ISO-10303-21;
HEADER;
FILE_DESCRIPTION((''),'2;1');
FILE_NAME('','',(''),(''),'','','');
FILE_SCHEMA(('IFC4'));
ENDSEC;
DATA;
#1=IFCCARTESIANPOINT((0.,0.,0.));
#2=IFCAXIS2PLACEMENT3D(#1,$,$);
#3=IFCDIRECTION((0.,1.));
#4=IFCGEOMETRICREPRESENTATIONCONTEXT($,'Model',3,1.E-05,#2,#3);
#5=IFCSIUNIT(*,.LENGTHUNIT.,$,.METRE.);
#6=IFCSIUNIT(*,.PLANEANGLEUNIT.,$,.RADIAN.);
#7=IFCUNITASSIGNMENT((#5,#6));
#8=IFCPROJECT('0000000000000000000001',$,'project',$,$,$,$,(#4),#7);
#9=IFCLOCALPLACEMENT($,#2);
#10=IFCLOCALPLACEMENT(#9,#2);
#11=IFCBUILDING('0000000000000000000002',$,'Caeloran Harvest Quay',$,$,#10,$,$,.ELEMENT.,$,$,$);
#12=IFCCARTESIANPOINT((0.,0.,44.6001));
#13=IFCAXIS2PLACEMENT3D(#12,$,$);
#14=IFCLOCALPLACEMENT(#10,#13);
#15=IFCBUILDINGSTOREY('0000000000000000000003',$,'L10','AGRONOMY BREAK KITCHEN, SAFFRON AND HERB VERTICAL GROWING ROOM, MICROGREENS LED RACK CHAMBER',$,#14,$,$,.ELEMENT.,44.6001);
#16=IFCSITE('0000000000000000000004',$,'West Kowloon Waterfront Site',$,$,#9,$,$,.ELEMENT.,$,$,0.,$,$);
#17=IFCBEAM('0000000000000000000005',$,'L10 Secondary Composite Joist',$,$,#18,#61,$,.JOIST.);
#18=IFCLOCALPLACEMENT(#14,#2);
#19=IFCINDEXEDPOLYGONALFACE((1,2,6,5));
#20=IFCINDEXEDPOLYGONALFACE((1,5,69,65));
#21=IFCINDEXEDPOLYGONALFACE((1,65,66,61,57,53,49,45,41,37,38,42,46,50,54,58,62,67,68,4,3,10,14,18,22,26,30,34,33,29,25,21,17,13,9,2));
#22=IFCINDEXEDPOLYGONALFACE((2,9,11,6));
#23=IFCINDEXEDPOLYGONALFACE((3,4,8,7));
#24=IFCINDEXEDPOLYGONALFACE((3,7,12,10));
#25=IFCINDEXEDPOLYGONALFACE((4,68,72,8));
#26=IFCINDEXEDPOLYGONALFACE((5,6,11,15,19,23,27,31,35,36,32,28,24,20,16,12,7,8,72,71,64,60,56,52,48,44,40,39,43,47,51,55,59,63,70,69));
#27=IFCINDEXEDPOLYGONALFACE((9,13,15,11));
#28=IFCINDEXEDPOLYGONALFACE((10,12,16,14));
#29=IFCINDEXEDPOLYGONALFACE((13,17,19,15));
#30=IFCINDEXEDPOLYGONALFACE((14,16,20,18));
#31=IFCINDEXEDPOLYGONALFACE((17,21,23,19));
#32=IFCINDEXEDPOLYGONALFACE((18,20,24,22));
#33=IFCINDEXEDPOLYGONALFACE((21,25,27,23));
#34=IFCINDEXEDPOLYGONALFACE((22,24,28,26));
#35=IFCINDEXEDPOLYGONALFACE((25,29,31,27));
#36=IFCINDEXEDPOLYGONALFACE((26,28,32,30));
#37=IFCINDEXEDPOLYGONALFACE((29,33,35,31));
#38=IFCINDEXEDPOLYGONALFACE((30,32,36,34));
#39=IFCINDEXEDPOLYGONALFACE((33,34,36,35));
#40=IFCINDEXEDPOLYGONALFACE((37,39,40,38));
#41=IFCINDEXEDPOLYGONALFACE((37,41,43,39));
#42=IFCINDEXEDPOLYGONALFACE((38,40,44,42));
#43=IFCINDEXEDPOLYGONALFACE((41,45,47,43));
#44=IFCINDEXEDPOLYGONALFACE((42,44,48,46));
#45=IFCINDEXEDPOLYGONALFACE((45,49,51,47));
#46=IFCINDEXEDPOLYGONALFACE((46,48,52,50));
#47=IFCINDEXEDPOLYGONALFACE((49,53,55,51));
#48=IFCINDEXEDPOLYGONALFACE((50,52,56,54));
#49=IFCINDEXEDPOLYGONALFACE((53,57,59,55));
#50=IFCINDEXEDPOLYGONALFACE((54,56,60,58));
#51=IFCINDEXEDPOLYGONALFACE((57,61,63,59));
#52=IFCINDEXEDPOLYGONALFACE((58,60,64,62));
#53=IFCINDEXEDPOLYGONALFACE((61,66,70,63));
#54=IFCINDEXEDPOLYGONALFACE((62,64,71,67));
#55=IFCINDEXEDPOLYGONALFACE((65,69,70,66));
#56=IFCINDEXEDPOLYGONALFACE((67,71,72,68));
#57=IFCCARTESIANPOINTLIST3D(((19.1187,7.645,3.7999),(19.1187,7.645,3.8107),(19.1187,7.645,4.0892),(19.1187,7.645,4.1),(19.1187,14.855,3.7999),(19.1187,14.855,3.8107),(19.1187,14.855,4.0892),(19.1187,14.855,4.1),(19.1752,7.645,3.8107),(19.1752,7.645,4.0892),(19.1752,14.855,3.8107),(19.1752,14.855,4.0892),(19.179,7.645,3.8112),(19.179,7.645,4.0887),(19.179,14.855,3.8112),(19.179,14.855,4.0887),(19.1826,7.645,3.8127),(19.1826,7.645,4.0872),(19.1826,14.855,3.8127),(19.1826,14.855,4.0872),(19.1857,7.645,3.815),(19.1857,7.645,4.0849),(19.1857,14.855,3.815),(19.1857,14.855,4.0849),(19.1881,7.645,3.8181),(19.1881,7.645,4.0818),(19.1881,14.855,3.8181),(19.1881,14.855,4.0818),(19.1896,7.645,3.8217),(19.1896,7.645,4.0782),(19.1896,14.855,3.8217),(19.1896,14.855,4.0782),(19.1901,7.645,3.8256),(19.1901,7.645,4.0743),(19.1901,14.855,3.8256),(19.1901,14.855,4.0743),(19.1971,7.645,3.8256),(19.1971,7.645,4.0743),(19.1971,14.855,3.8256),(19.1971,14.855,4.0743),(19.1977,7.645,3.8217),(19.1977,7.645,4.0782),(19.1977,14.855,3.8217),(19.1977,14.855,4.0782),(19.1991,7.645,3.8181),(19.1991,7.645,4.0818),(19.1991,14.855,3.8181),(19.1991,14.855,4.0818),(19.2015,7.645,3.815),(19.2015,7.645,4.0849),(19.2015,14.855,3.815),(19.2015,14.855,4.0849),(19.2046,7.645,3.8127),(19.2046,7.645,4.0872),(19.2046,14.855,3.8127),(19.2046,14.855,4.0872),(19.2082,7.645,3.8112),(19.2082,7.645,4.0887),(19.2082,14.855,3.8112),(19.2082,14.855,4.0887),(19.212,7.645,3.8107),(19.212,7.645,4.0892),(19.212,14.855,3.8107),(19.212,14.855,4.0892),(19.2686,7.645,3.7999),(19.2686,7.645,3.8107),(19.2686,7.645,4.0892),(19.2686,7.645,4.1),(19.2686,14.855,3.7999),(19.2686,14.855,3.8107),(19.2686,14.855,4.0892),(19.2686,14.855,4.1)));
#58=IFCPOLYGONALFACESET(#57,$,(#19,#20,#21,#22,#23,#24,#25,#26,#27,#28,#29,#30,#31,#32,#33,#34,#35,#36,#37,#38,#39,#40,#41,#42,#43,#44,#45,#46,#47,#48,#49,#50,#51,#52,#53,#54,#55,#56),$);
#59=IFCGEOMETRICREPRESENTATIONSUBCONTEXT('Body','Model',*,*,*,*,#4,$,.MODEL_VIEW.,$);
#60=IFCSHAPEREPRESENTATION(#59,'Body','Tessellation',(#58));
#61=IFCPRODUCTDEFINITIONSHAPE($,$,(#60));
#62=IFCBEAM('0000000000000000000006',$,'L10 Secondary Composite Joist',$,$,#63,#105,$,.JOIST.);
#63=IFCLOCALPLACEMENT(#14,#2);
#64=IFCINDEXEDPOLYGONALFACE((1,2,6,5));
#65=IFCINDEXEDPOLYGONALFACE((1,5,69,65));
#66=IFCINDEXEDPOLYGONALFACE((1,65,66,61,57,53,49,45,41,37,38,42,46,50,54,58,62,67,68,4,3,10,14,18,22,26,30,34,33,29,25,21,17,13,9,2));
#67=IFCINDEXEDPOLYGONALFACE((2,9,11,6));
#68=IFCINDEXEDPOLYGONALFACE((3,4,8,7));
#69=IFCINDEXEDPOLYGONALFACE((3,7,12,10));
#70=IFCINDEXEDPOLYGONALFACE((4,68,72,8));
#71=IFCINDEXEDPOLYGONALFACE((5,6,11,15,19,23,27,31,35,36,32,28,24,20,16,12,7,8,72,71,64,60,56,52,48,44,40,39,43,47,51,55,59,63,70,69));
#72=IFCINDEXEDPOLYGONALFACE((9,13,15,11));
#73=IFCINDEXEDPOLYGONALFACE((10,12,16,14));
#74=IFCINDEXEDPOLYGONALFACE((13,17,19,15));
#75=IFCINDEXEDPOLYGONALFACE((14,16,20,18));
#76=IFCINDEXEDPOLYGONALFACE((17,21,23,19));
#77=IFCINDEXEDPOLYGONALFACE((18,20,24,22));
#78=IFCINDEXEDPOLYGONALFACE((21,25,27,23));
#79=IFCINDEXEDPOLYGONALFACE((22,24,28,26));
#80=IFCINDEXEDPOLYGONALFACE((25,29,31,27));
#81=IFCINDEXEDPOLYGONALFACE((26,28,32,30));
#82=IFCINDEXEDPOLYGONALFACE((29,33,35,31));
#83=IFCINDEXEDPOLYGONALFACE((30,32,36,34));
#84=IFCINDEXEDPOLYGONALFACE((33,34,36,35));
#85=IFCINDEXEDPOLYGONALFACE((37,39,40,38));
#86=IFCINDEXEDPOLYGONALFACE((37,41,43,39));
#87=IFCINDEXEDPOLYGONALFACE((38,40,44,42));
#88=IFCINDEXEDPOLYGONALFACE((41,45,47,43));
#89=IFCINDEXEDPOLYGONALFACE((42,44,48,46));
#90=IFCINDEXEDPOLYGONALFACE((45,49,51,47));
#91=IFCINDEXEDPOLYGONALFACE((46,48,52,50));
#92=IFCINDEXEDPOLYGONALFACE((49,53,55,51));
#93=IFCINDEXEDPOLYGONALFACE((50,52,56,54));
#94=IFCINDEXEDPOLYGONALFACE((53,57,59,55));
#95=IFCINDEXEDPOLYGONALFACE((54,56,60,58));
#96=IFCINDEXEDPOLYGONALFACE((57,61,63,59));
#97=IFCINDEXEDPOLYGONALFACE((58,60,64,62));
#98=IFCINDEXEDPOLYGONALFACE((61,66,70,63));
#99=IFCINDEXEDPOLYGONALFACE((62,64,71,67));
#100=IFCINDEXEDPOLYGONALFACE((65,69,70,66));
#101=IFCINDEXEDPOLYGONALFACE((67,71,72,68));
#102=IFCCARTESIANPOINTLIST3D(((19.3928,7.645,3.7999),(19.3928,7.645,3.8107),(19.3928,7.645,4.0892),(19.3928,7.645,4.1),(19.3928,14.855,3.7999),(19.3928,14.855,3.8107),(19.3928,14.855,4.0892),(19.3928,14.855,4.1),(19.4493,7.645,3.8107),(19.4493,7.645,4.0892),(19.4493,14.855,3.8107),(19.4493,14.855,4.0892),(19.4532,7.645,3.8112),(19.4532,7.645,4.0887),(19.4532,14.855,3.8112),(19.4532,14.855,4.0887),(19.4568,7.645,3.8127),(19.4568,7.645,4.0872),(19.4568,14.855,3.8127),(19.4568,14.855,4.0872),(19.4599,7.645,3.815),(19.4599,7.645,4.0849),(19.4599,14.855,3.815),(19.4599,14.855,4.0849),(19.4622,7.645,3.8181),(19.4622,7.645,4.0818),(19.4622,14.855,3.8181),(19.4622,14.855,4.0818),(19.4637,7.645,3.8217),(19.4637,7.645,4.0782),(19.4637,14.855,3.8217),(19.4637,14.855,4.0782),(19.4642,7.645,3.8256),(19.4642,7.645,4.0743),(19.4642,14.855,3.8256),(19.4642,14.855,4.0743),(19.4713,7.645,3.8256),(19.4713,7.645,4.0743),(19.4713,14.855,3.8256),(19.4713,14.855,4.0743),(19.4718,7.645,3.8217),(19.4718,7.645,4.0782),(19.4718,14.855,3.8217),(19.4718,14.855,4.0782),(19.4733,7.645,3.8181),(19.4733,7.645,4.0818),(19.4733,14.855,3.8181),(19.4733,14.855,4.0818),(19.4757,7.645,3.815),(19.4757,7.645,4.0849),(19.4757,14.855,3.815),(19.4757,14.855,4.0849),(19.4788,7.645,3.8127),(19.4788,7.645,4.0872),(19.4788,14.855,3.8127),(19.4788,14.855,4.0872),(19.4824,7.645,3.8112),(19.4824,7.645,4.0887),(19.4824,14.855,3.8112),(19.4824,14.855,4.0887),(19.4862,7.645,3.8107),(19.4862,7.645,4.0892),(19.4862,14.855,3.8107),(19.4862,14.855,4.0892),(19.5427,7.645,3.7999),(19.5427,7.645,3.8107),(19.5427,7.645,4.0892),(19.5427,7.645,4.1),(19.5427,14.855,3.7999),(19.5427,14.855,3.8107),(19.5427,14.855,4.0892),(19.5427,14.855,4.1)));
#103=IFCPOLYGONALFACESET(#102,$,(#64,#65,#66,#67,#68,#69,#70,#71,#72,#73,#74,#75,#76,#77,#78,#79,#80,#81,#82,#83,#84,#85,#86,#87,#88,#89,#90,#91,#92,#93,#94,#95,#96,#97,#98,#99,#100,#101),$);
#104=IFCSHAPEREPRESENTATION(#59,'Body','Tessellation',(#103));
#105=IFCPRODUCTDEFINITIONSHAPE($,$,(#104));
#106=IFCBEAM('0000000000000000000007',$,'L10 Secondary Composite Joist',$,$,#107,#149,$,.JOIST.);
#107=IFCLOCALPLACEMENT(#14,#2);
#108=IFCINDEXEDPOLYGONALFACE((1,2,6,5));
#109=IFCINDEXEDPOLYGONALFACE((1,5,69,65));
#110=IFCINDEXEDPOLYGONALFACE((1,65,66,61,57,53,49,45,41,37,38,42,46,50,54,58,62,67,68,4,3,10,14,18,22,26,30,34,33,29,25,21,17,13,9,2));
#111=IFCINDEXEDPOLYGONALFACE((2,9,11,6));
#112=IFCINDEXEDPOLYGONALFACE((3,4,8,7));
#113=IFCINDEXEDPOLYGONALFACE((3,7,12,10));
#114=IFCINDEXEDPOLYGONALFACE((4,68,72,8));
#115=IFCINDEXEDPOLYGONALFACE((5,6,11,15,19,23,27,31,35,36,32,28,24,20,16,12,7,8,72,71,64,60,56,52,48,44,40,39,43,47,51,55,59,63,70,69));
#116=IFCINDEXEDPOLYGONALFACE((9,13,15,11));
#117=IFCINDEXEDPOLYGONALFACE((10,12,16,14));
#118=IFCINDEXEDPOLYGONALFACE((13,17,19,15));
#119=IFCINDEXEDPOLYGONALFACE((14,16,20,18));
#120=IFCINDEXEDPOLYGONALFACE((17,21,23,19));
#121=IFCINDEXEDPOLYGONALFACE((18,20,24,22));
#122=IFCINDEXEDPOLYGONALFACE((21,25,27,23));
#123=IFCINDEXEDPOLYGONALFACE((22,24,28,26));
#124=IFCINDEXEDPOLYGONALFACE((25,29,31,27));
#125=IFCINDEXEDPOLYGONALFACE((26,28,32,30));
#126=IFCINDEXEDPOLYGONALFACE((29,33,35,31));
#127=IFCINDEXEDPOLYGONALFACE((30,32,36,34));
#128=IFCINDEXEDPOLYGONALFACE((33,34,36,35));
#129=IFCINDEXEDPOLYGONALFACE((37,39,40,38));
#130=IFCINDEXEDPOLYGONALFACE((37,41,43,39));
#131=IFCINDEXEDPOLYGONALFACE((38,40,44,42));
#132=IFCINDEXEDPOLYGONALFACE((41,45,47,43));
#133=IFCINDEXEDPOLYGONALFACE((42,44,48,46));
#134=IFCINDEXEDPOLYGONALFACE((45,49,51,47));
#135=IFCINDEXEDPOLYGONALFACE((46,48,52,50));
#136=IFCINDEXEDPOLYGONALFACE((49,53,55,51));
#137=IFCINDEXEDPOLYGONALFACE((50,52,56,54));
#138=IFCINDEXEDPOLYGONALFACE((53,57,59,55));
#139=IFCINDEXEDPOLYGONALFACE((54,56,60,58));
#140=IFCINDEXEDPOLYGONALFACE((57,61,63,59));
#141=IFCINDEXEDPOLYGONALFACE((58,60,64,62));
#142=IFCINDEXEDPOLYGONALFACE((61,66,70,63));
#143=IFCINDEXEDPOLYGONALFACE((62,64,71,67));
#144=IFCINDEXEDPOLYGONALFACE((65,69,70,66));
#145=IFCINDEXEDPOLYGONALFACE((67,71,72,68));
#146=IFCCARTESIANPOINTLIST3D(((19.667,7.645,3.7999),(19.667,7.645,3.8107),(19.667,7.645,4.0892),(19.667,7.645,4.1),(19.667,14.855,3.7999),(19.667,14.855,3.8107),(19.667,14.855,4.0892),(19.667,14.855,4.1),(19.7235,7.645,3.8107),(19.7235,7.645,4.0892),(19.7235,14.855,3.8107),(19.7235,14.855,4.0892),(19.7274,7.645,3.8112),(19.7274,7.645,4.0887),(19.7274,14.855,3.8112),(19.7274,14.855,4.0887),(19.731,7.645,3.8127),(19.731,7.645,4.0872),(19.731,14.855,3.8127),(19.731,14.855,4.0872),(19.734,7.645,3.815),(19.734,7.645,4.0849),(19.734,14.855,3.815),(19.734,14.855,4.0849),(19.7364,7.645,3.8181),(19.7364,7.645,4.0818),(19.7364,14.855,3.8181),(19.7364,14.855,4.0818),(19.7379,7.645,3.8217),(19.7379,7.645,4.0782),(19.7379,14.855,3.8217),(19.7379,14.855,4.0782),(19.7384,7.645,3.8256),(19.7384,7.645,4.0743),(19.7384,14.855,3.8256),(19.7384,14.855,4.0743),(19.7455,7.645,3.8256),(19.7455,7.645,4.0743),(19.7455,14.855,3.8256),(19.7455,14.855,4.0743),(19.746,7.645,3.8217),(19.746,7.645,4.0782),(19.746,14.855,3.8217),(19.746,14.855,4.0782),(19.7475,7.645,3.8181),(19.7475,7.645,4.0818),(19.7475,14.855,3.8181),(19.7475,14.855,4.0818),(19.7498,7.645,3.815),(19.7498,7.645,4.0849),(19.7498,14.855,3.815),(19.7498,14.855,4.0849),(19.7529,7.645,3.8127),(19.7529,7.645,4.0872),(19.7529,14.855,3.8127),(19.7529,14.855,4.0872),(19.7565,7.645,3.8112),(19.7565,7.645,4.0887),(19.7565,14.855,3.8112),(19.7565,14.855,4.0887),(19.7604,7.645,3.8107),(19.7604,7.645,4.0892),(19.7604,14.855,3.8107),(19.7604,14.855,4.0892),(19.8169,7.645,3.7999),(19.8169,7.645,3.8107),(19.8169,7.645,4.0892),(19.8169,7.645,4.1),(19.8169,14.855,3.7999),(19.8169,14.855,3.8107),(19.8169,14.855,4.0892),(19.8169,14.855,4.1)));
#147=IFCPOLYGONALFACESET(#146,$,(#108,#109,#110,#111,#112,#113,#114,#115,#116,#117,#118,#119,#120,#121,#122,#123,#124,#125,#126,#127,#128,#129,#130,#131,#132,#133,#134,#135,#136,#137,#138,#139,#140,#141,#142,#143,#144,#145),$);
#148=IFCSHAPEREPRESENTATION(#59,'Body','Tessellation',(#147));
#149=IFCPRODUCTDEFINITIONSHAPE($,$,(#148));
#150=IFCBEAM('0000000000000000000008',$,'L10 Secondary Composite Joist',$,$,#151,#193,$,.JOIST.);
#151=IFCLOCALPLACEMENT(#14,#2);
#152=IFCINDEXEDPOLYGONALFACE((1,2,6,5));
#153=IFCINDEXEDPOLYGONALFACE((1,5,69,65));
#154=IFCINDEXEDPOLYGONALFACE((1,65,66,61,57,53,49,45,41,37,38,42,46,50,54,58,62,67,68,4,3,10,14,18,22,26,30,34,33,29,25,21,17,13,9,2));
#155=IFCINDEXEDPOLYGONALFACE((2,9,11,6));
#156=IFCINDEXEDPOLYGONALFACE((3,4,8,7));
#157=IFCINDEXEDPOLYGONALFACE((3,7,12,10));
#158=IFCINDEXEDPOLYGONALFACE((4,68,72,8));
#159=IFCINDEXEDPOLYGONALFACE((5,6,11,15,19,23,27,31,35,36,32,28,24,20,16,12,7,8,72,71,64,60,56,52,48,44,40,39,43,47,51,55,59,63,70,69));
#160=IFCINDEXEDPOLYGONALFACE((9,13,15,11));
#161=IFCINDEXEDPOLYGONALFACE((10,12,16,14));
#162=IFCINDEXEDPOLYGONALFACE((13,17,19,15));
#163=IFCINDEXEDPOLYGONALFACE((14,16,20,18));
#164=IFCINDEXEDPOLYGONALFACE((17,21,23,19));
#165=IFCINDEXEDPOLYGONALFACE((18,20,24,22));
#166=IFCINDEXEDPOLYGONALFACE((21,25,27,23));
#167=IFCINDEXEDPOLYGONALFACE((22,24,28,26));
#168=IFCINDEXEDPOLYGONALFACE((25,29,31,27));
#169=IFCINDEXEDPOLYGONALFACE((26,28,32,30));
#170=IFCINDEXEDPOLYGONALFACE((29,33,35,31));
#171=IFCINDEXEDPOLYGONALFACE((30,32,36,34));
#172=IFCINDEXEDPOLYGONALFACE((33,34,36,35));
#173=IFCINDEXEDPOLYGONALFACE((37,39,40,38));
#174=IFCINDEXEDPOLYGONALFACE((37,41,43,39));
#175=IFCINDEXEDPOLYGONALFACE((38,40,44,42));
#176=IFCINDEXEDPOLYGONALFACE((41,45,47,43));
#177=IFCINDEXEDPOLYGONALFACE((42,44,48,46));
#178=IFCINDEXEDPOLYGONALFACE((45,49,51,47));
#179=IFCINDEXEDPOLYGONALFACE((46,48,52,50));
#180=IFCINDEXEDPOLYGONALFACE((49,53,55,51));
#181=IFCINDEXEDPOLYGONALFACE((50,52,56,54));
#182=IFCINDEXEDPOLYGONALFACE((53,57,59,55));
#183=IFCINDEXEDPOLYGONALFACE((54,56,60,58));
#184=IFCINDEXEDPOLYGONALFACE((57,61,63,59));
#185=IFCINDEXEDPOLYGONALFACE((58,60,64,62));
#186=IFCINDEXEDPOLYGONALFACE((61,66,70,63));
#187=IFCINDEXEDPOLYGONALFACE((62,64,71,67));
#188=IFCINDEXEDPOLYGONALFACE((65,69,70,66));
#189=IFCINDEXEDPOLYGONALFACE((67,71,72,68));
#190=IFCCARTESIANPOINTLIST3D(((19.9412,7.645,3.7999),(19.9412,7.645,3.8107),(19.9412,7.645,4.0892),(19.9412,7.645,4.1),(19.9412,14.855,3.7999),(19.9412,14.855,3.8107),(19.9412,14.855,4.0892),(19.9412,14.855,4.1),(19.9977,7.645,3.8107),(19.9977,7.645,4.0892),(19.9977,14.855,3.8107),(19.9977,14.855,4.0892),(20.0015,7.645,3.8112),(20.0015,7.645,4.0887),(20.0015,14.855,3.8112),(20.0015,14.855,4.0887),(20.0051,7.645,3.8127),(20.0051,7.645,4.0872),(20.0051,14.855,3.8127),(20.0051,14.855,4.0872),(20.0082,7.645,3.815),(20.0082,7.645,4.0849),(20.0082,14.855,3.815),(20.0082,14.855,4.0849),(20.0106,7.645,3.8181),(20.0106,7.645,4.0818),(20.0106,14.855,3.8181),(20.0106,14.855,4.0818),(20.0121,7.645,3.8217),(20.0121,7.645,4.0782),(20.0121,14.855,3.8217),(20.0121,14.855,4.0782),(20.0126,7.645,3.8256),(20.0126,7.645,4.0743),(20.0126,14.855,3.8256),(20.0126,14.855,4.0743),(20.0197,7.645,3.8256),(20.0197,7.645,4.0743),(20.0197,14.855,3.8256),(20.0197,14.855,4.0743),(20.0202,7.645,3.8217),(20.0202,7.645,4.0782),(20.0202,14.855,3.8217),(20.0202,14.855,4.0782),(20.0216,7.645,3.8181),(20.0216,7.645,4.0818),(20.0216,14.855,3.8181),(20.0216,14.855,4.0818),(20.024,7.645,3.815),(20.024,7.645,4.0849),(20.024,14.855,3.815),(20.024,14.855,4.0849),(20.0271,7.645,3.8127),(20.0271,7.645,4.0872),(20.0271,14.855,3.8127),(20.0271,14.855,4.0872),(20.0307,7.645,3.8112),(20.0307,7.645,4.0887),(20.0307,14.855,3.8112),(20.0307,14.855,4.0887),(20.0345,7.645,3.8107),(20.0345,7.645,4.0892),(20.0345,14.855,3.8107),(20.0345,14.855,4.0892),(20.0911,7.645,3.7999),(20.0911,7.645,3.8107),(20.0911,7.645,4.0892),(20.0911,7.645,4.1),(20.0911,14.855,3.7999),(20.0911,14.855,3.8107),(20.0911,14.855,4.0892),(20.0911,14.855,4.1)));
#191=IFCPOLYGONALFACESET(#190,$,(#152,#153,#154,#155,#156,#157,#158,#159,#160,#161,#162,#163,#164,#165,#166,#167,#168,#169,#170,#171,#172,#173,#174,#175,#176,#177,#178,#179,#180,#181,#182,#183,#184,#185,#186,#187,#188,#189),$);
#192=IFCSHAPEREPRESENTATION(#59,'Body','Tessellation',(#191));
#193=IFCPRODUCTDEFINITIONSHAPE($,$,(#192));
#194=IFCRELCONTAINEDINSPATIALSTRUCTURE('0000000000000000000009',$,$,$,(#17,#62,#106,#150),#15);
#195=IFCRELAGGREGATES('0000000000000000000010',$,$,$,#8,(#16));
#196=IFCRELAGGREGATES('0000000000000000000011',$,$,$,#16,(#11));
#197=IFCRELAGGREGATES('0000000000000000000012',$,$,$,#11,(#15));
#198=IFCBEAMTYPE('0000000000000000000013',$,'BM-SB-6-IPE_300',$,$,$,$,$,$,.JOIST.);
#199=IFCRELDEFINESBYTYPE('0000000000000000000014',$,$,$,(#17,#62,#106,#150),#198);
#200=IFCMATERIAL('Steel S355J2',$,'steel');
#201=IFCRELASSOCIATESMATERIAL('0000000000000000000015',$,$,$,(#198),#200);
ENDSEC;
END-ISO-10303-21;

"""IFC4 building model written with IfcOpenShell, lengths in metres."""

from ifc_helpers import new_model, si_unit, direction, frame, origin, origin_2d, place, context, subcontext, project, spatial, i_section, extrude, material, material_profile, profile_set, type_object, element, save


model = new_model("IFC4")

# Units and contexts
model_context = context("Model", 3, precision=1e-05, world=origin(), true_north=direction((0.0, 1.0)))
body_context = subcontext(model_context, "Body", "Model", "MODEL_VIEW")
ifc_project = project(units=[si_unit("LENGTHUNIT", "METRE"), si_unit("PLANEANGLEUNIT", "RADIAN")], contexts=[model_context])

# Site, building, storey
site_placement = place(None, origin())
site = spatial("IfcSite", under=ifc_project, at=site_placement, Name="West Kowloon Waterfront Site", CompositionType="ELEMENT", RefElevation=0.0)
building_placement = place(site_placement, origin())
building = spatial("IfcBuilding", under=site, at=building_placement, Name="Caeloran Harvest Quay", CompositionType="ELEMENT")
storey_placement = place(building_placement, frame((0.0, 0.0, 44.6001)))
storey = spatial("IfcBuildingStorey", under=building, at=storey_placement, Name="L10", Description="AGRONOMY BREAK KITCHEN, SAFFRON AND HERB VERTICAL GROWING ROOM, MICROGREENS LED RACK CHAMBER", CompositionType="ELEMENT", Elevation=44.6001)

# Beams
ifc_material_1 = material(Name="Steel S355J2", Category="steel")
ifc_material_profile_1 = material_profile(ifc_material_1, i_section(OverallWidth=0.1499, OverallDepth=0.3, WebThickness=0.0071, FlangeThickness=0.0107, FilletRadius=0.0149, at=origin_2d()), Name="IPE 300")
ifc_profile_set_1 = profile_set([ifc_material_profile_1], Name="Steel S355J2")
beam_type_1 = type_object("IfcBeamType", Name="BM-SB-6-IPE_300", PredefinedType="JOIST", material=ifc_profile_set_1)
for number, where, z_axis, x_axis, name in (
    (1, (19.1936, 7.645, 3.95), (0.0, 1.0, 0.0), (-1.0, 0.0, 0.0), "L10 Secondary Composite Joist"),
    (2, (19.4678, 7.645, 3.95), (0.0, 1.0, 0.0), (-1.0, 0.0, 0.0), "L10 Secondary Composite Joist"),
    (3, (19.7419, 7.645, 3.95), (0.0, 1.0, 0.0), (-1.0, 0.0, 0.0), "L10 Secondary Composite Joist"),
    (4, (20.0161, 7.645, 3.95), (0.0, 1.0, 0.0), (-1.0, 0.0, 0.0), "L10 Secondary Composite Joist"),
):
    element("IfcBeam", number, at=place(storey_placement, frame(where, z_axis=z_axis, x_axis=x_axis)), inside=storey, type_object=beam_type_1, Name=name, PredefinedType="JOIST", context=body_context, shape_type="SweptSolid", body=[
        extrude(i_section(OverallWidth=0.1499, OverallDepth=0.3, WebThickness=0.0071, FlangeThickness=0.0107, FilletRadius=0.0149, at=origin_2d()), origin(), (0.0, 0.0, 1.0), 7.21),
    ])

save(model, "model.ifc")
